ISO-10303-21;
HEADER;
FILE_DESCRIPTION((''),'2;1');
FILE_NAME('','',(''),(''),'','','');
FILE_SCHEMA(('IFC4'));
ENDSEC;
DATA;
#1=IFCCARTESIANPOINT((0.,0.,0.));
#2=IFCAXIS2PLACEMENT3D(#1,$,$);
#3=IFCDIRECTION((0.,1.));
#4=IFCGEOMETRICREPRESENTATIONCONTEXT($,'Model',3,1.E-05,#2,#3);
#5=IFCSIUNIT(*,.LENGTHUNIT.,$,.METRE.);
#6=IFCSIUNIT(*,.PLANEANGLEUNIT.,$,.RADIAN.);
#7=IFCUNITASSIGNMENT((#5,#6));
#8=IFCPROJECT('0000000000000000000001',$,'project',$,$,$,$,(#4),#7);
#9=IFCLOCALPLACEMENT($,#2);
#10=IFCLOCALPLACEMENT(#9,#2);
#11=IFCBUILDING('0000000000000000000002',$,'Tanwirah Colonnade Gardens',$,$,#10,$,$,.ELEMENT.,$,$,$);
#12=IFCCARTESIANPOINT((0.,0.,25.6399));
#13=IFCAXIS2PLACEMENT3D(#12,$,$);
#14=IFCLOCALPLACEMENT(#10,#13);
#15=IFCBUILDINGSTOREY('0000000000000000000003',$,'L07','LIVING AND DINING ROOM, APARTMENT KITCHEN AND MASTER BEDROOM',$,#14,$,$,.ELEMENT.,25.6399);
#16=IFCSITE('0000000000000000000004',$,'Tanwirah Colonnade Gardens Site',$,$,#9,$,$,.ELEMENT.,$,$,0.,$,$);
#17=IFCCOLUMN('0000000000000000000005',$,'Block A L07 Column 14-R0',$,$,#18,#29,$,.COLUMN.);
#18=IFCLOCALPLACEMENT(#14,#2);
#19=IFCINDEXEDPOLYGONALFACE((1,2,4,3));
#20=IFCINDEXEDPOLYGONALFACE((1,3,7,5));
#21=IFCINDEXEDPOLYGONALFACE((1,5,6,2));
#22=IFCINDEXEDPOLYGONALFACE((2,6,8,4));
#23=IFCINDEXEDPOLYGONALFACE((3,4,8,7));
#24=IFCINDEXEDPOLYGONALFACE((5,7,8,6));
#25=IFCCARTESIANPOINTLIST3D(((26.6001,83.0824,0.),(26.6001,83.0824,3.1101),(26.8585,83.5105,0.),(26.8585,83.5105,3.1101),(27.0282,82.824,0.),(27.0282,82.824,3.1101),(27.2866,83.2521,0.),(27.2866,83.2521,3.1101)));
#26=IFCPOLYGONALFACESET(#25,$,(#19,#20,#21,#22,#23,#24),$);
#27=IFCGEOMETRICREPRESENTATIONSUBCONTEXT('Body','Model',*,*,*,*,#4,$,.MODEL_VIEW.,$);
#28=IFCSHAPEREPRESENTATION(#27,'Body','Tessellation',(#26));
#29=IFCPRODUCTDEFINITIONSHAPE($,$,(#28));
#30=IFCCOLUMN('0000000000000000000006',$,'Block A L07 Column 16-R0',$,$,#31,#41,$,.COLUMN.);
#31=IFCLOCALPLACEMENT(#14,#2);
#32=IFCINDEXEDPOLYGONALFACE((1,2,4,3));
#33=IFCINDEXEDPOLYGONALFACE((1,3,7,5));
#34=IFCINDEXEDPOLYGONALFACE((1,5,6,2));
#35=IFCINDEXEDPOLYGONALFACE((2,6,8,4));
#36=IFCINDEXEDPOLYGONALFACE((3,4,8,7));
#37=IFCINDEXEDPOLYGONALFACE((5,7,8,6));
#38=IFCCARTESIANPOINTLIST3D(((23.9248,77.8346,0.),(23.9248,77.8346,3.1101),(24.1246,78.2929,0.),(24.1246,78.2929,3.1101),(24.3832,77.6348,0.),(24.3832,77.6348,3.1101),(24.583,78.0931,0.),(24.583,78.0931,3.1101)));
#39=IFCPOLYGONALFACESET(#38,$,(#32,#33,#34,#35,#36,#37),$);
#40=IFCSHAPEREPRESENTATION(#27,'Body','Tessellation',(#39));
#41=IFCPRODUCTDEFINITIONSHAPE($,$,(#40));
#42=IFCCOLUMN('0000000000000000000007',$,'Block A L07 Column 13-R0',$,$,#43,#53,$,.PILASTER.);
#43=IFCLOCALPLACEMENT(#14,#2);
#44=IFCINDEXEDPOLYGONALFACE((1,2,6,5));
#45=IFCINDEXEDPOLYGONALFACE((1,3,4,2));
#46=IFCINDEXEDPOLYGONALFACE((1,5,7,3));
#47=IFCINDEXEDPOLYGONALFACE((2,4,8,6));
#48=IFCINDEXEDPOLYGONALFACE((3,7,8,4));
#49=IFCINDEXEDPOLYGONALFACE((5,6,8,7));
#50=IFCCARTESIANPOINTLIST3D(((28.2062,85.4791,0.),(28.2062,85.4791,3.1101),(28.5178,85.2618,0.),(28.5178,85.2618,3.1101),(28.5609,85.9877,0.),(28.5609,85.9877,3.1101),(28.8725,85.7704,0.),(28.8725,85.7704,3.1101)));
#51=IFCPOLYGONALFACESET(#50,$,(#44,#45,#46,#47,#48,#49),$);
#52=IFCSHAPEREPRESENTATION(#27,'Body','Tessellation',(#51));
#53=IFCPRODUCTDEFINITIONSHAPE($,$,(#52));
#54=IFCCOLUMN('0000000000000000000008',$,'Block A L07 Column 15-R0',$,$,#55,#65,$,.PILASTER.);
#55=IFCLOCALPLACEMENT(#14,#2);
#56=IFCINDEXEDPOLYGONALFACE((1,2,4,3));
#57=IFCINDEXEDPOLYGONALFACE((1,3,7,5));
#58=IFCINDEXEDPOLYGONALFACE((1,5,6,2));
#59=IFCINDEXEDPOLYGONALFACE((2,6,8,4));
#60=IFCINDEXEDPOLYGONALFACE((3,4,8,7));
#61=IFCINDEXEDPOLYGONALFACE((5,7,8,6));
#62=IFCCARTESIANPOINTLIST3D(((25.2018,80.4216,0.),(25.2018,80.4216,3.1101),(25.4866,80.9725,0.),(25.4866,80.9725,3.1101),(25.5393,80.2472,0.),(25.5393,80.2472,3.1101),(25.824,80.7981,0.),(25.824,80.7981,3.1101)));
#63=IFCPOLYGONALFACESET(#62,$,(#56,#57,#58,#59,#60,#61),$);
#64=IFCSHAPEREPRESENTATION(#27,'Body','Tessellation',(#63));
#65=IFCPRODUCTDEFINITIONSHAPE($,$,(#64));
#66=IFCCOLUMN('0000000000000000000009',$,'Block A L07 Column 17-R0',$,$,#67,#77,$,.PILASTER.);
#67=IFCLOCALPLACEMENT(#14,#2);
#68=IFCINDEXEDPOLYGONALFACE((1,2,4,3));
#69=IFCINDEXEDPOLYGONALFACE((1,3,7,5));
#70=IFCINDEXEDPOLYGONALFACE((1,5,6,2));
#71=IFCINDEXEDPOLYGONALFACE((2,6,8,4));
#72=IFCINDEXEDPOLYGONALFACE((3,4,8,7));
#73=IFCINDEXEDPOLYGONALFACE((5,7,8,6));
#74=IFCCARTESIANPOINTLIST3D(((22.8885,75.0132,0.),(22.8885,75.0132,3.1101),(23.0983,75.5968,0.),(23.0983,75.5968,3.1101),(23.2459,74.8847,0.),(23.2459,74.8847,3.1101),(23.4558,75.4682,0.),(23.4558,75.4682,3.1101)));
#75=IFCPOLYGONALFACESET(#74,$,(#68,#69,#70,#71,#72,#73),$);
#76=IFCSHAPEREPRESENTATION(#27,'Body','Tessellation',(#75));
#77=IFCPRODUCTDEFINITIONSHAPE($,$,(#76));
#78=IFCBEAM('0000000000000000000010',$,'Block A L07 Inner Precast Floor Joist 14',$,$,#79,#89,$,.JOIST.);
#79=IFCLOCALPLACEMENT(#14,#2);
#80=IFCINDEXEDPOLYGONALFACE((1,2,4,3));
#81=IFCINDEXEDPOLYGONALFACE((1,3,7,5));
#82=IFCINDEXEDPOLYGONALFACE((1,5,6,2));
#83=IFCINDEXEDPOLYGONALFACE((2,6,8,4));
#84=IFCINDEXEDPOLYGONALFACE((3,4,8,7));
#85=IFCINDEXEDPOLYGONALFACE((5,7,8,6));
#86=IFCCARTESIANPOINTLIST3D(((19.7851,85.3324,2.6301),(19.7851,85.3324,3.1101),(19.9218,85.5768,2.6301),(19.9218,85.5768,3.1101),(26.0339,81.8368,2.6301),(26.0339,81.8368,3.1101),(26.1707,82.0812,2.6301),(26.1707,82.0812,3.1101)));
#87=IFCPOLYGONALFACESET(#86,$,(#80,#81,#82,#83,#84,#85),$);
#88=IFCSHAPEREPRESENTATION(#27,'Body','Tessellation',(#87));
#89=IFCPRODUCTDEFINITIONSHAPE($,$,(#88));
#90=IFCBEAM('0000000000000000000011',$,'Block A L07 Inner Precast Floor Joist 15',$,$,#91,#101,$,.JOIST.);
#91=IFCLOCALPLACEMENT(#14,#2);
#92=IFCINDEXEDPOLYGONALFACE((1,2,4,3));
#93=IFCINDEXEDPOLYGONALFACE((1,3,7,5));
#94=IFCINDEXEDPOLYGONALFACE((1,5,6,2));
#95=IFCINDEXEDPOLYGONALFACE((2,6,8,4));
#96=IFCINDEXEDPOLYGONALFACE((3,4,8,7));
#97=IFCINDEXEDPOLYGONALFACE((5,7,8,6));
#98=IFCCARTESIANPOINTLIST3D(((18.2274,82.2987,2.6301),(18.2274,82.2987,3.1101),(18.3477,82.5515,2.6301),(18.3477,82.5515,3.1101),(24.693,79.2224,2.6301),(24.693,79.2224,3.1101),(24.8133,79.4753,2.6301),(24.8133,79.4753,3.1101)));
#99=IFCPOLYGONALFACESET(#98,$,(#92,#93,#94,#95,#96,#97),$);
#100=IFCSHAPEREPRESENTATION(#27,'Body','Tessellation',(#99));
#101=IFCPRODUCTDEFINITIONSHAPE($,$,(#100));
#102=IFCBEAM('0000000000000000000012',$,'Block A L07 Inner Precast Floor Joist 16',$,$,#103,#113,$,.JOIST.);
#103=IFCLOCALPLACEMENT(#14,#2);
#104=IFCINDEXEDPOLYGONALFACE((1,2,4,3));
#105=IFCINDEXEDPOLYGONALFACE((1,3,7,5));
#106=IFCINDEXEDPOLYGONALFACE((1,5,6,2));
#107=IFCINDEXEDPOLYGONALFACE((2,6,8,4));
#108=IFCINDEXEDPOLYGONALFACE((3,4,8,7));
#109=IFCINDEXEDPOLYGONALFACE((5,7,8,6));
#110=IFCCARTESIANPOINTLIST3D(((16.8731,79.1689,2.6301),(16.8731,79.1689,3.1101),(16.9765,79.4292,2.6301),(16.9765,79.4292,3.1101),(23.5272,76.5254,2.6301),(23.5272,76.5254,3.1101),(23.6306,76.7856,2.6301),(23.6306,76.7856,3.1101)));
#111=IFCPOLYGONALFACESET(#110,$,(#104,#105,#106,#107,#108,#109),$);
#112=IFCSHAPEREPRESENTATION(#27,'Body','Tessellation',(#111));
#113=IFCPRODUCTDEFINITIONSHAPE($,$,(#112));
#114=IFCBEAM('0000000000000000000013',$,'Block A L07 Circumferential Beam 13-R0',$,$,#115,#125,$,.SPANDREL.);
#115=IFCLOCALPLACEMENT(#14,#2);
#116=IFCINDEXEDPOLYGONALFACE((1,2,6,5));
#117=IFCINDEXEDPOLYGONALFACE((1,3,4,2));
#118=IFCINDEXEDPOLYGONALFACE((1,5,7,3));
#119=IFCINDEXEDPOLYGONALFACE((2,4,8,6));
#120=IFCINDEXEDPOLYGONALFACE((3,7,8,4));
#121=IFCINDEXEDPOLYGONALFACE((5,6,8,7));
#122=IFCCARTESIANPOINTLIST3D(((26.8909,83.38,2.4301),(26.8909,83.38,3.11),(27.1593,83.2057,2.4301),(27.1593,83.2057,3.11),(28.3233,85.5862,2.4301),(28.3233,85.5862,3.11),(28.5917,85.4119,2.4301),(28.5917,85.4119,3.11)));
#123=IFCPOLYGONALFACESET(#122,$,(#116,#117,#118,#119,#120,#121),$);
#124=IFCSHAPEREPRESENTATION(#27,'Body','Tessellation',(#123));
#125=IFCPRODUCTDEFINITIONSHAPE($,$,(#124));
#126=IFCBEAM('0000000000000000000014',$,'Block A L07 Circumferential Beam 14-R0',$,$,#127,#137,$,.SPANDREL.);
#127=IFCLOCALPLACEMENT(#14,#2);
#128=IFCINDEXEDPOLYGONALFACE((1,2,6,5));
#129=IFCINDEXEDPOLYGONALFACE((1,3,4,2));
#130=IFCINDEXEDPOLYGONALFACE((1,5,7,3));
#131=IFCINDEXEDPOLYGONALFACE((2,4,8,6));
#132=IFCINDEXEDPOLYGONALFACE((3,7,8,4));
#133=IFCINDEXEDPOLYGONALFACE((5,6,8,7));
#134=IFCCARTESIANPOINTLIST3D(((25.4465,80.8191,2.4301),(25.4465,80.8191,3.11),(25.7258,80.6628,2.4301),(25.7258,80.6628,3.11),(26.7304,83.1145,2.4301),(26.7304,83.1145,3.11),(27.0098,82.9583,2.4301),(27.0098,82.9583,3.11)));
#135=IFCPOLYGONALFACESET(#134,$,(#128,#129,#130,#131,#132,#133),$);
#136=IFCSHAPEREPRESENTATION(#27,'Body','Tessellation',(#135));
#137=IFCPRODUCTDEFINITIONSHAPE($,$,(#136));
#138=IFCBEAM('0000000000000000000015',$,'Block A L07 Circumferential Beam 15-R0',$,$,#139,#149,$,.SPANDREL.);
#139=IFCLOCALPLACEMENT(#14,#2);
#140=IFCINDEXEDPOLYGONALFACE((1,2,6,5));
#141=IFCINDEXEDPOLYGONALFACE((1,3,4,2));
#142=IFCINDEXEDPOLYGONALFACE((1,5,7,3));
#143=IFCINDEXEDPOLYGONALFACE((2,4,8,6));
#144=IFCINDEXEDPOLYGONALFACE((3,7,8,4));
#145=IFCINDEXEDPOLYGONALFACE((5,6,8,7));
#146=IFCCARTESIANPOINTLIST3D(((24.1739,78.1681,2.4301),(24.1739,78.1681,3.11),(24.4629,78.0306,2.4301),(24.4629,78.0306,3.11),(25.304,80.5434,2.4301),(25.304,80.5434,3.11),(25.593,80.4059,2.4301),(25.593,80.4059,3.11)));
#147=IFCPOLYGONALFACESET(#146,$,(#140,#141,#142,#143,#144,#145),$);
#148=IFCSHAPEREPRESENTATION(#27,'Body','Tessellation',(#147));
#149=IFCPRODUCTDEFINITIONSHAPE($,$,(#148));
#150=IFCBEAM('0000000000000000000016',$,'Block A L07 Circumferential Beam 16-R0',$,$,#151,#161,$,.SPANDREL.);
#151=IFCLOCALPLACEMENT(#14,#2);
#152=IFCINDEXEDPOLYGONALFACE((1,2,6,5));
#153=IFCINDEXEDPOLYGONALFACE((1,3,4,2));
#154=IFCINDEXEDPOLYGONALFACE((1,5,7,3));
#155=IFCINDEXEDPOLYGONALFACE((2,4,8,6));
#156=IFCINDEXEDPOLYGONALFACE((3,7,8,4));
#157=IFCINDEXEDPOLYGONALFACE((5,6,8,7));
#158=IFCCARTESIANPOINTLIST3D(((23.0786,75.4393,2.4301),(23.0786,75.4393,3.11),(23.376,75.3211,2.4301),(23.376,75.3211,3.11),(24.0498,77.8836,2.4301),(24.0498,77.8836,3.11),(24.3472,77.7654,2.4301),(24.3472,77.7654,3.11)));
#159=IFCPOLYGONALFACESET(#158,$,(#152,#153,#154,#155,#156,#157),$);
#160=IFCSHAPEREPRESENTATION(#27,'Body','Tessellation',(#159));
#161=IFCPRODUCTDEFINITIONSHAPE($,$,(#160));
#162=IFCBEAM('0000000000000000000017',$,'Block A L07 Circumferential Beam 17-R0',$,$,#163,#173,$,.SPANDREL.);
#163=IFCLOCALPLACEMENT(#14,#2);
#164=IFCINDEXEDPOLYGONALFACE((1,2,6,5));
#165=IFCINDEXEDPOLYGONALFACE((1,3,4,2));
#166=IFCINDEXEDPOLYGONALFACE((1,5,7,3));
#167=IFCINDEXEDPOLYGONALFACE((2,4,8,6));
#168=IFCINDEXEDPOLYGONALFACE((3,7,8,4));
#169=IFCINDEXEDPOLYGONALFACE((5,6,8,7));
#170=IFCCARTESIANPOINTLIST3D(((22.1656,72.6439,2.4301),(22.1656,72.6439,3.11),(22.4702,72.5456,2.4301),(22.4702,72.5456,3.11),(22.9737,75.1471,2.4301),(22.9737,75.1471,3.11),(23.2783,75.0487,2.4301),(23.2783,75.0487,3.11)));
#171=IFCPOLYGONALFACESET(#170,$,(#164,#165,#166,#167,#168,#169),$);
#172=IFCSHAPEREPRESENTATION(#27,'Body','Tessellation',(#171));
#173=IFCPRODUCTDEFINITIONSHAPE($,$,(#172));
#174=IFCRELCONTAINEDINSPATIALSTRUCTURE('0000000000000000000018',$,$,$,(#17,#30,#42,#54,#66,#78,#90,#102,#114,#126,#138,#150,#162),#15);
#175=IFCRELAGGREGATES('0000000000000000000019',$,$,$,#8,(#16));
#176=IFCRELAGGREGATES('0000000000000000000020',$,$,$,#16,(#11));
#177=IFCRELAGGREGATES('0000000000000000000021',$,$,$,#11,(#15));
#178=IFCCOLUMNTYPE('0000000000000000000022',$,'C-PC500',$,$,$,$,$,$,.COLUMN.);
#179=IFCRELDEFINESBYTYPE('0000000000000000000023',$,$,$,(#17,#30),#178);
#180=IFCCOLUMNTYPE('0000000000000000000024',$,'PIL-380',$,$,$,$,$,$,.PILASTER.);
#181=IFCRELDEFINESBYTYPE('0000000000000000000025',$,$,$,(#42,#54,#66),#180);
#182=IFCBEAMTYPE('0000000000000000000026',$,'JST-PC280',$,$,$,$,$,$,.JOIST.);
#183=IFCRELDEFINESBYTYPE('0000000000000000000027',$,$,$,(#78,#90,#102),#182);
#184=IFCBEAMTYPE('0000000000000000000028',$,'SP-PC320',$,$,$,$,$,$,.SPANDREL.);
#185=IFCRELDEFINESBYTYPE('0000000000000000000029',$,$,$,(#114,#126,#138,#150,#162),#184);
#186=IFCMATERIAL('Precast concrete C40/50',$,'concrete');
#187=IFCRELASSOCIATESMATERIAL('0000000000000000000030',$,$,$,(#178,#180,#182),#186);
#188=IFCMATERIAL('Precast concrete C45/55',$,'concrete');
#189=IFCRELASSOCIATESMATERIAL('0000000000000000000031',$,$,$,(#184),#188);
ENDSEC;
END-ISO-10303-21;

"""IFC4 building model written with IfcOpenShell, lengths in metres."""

from ifc_helpers import new_model, si_unit, direction, frame, origin, origin_2d, place, context, subcontext, project, spatial, rectangle, extrude, material, material_profile, profile_set, type_object, element, save


model = new_model("IFC4")

# Units and contexts
model_context = context("Model", 3, precision=1e-05, world=origin(), true_north=direction((0.0, 1.0)))
body_context = subcontext(model_context, "Body", "Model", "MODEL_VIEW")
ifc_project = project(units=[si_unit("LENGTHUNIT", "METRE"), si_unit("PLANEANGLEUNIT", "RADIAN")], contexts=[model_context])

# Site, building, storey
site_placement = place(None, origin())
site = spatial("IfcSite", under=ifc_project, at=site_placement, Name="Tanwirah Colonnade Gardens Site", CompositionType="ELEMENT", RefElevation=0.0)
building_placement = place(site_placement, origin())
building = spatial("IfcBuilding", under=site, at=building_placement, Name="Tanwirah Colonnade Gardens", CompositionType="ELEMENT")
storey_placement = place(building_placement, frame((0.0, 0.0, 25.6399)))
storey = spatial("IfcBuildingStorey", under=building, at=storey_placement, Name="L07", Description="LIVING AND DINING ROOM, APARTMENT KITCHEN AND MASTER BEDROOM", CompositionType="ELEMENT", Elevation=25.6399)

# Columns
ifc_material_1 = material(Name="Precast concrete C40/50", Category="concrete")
ifc_material_profile_1 = material_profile(ifc_material_1, rectangle(XDim=0.5, YDim=0.5, at=origin_2d()), Name="PC-COL 500x500")
ifc_profile_set_1 = profile_set([ifc_material_profile_1], Name="Precast concrete C40/50")
column_type_1 = type_object("IfcColumnType", Name="C-PC500", PredefinedType="COLUMN", material=ifc_profile_set_1)
for number, where, z_axis, x_axis, name in (
    (1, (26.9434, 83.1672, 0.0), (0.0, 0.0, 1.0), (-0.856167, 0.516699, 0.0), "Block A L07 Column 14-R0"),
    (2, (24.2539, 77.9639, 0.0), (0.0, 0.0, 1.0), (-0.916673, 0.399638, 0.0), "Block A L07 Column 16-R0"),
):
    element("IfcColumn", number, at=place(storey_placement, frame(where, z_axis=z_axis, x_axis=x_axis)), inside=storey, type_object=column_type_1, Name=name, PredefinedType="COLUMN", context=body_context, shape_type="SweptSolid", body=[
        extrude(rectangle(XDim=0.5, YDim=0.5, at=origin_2d()), origin(), (0.0, 0.0, 1.0), 3.1101),
    ])
ifc_material_profile_2 = material_profile(ifc_material_1, rectangle(XDim=0.3799, YDim=0.6201, at=origin_2d()), Name="PC-PIL 380x620")
ifc_profile_set_2 = profile_set([ifc_material_profile_2], Name="Precast concrete C40/50")
column_type_2 = type_object("IfcColumnType", Name="PIL-380", PredefinedType="PILASTER", material=ifc_profile_set_2)
for number, where, z_axis, x_axis, name in (
    (3, (28.5393, 85.6248, 0.0), (0.0, 0.0, 1.0), (-0.820263, 0.571987, 0.0), "Block A L07 Column 13-R0"),
    (4, (25.5129, 80.6099, 0.0), (0.0, 0.0, 1.0), (-0.88835, 0.459166, 0.0), "Block A L07 Column 15-R0"),
    (5, (23.1721, 75.2407, 0.0), (0.0, 0.0, 1.0), (-0.941012, 0.338373, 0.0), "Block A L07 Column 17-R0"),
):
    element("IfcColumn", number, at=place(storey_placement, frame(where, z_axis=z_axis, x_axis=x_axis)), inside=storey, type_object=column_type_2, Name=name, PredefinedType="PILASTER", context=body_context, shape_type="SweptSolid", body=[
        extrude(rectangle(XDim=0.3799, YDim=0.6201, at=origin_2d()), origin(), (0.0, 0.0, 1.0), 3.1101),
    ])

# Beams
ifc_material_profile_3 = material_profile(ifc_material_1, rectangle(XDim=0.28, YDim=0.48, at=origin_2d()), Name="PC-JST 280x480")
ifc_profile_set_3 = profile_set([ifc_material_profile_3], Name="Precast concrete C40/50")
beam_type_1 = type_object("IfcBeamType", Name="JST-PC280", PredefinedType="JOIST", material=ifc_profile_set_3)
for number, where, z_axis, x_axis, name in (
    (6, (26.1023, 81.959, 2.8701), (-0.872727, 0.488209, 0.0), (-0.488209, -0.872727, 0.0), "Block A L07 Inner Precast Floor Joist 14"),
    (7, (24.7532, 79.3489, 2.8701), (-0.903005, 0.429629, 0.0), (-0.429629, -0.903005, 0.0), "Block A L07 Inner Precast Floor Joist 15"),
):
    element("IfcBeam", number, at=place(storey_placement, frame(where, z_axis=z_axis, x_axis=x_axis)), inside=storey, type_object=beam_type_1, Name=name, PredefinedType="JOIST", context=body_context, shape_type="SweptSolid", body=[
        extrude(rectangle(XDim=0.28, YDim=0.48, at=origin_2d()), origin(), (0.0, 0.0, 1.0), 7.1602),
    ])
beam_1_placement = place(storey_placement, frame((23.5789, 76.6555, 2.8701), z_axis=(-0.929344, 0.369214, 0.0), x_axis=(-0.369214, -0.929344, 0.0)))
element("IfcBeam", 8, at=beam_1_placement, inside=storey, type_object=beam_type_1, Name="Block A L07 Inner Precast Floor Joist 16", PredefinedType="JOIST", context=body_context, shape_type="SweptSolid", body=[
    extrude(rectangle(XDim=0.28, YDim=0.48, at=origin_2d()), origin(), (0.0, 0.0, 1.0), 7.1599),
])
ifc_material_2 = material(Name="Precast concrete C45/55", Category="concrete")
ifc_material_profile_4 = material_profile(ifc_material_2, rectangle(XDim=0.3201, YDim=0.6799, at=origin_2d()), Name="PC-SP 320x680")
ifc_profile_set_4 = profile_set([ifc_material_profile_4], Name="Precast concrete C45/55")
beam_type_2 = type_object("IfcBeamType", Name="SP-PC320", PredefinedType="SPANDREL", material=ifc_profile_set_4)
beam_2_placement = place(storey_placement, frame((28.4575, 85.499, 2.77), z_axis=(-0.544571, -0.838715, 0.0), x_axis=(0.838715, -0.544571, 0.0)))
element("IfcBeam", 9, at=beam_2_placement, inside=storey, type_object=beam_type_2, Name="Block A L07 Circumferential Beam 13-R0", PredefinedType="SPANDREL", context=body_context, shape_type="SweptSolid", body=[
    extrude(rectangle(XDim=0.3201, YDim=0.6799, at=origin_2d()), origin(), (0.0, 0.0, 1.0), 2.6304),
])
beam_3_placement = place(storey_placement, frame((26.8701, 83.0364, 2.77), z_axis=(-0.488171, -0.872748, 0.0), x_axis=(0.872748, -0.488171, 0.0)))
element("IfcBeam", 10, at=beam_3_placement, inside=storey, type_object=beam_type_2, Name="Block A L07 Circumferential Beam 14-R0", PredefinedType="SPANDREL", context=body_context, shape_type="SweptSolid", body=[
    extrude(rectangle(XDim=0.3201, YDim=0.6799, at=origin_2d()), origin(), (0.0, 0.0, 1.0), 2.6301),
])
beam_4_placement = place(storey_placement, frame((25.4485, 80.4746, 2.77), z_axis=(-0.429642, -0.902999, 0.0), x_axis=(0.902999, -0.429642, 0.0)))
element("IfcBeam", 11, at=beam_4_placement, inside=storey, type_object=beam_type_2, Name="Block A L07 Circumferential Beam 15-R0", PredefinedType="SPANDREL", context=body_context, shape_type="SweptSolid", body=[
    extrude(rectangle(XDim=0.3201, YDim=0.6799, at=origin_2d()), origin(), (0.0, 0.0, 1.0), 2.6304),
])
beam_5_placement = place(storey_placement, frame((24.1985, 77.8245, 2.77), z_axis=(-0.369245, -0.929332, 0.0), x_axis=(0.929332, -0.369245, 0.0)))
element("IfcBeam", 12, at=beam_5_placement, inside=storey, type_object=beam_type_2, Name="Block A L07 Circumferential Beam 16-R0", PredefinedType="SPANDREL", context=body_context, shape_type="SweptSolid", body=[
    extrude(rectangle(XDim=0.3201, YDim=0.6799, at=origin_2d()), origin(), (0.0, 0.0, 1.0), 2.6301),
])
beam_6_placement = place(storey_placement, frame((23.126, 75.0979, 2.77), z_axis=(-0.30722, -0.951639, 0.0), x_axis=(0.951639, -0.30722, 0.0)))
element("IfcBeam", 13, at=beam_6_placement, inside=storey, type_object=beam_type_2, Name="Block A L07 Circumferential Beam 17-R0", PredefinedType="SPANDREL", context=body_context, shape_type="SweptSolid", body=[
    extrude(rectangle(XDim=0.3201, YDim=0.6799, at=origin_2d()), origin(), (0.0, 0.0, 1.0), 2.6304),
])

save(model, "model.ifc")
